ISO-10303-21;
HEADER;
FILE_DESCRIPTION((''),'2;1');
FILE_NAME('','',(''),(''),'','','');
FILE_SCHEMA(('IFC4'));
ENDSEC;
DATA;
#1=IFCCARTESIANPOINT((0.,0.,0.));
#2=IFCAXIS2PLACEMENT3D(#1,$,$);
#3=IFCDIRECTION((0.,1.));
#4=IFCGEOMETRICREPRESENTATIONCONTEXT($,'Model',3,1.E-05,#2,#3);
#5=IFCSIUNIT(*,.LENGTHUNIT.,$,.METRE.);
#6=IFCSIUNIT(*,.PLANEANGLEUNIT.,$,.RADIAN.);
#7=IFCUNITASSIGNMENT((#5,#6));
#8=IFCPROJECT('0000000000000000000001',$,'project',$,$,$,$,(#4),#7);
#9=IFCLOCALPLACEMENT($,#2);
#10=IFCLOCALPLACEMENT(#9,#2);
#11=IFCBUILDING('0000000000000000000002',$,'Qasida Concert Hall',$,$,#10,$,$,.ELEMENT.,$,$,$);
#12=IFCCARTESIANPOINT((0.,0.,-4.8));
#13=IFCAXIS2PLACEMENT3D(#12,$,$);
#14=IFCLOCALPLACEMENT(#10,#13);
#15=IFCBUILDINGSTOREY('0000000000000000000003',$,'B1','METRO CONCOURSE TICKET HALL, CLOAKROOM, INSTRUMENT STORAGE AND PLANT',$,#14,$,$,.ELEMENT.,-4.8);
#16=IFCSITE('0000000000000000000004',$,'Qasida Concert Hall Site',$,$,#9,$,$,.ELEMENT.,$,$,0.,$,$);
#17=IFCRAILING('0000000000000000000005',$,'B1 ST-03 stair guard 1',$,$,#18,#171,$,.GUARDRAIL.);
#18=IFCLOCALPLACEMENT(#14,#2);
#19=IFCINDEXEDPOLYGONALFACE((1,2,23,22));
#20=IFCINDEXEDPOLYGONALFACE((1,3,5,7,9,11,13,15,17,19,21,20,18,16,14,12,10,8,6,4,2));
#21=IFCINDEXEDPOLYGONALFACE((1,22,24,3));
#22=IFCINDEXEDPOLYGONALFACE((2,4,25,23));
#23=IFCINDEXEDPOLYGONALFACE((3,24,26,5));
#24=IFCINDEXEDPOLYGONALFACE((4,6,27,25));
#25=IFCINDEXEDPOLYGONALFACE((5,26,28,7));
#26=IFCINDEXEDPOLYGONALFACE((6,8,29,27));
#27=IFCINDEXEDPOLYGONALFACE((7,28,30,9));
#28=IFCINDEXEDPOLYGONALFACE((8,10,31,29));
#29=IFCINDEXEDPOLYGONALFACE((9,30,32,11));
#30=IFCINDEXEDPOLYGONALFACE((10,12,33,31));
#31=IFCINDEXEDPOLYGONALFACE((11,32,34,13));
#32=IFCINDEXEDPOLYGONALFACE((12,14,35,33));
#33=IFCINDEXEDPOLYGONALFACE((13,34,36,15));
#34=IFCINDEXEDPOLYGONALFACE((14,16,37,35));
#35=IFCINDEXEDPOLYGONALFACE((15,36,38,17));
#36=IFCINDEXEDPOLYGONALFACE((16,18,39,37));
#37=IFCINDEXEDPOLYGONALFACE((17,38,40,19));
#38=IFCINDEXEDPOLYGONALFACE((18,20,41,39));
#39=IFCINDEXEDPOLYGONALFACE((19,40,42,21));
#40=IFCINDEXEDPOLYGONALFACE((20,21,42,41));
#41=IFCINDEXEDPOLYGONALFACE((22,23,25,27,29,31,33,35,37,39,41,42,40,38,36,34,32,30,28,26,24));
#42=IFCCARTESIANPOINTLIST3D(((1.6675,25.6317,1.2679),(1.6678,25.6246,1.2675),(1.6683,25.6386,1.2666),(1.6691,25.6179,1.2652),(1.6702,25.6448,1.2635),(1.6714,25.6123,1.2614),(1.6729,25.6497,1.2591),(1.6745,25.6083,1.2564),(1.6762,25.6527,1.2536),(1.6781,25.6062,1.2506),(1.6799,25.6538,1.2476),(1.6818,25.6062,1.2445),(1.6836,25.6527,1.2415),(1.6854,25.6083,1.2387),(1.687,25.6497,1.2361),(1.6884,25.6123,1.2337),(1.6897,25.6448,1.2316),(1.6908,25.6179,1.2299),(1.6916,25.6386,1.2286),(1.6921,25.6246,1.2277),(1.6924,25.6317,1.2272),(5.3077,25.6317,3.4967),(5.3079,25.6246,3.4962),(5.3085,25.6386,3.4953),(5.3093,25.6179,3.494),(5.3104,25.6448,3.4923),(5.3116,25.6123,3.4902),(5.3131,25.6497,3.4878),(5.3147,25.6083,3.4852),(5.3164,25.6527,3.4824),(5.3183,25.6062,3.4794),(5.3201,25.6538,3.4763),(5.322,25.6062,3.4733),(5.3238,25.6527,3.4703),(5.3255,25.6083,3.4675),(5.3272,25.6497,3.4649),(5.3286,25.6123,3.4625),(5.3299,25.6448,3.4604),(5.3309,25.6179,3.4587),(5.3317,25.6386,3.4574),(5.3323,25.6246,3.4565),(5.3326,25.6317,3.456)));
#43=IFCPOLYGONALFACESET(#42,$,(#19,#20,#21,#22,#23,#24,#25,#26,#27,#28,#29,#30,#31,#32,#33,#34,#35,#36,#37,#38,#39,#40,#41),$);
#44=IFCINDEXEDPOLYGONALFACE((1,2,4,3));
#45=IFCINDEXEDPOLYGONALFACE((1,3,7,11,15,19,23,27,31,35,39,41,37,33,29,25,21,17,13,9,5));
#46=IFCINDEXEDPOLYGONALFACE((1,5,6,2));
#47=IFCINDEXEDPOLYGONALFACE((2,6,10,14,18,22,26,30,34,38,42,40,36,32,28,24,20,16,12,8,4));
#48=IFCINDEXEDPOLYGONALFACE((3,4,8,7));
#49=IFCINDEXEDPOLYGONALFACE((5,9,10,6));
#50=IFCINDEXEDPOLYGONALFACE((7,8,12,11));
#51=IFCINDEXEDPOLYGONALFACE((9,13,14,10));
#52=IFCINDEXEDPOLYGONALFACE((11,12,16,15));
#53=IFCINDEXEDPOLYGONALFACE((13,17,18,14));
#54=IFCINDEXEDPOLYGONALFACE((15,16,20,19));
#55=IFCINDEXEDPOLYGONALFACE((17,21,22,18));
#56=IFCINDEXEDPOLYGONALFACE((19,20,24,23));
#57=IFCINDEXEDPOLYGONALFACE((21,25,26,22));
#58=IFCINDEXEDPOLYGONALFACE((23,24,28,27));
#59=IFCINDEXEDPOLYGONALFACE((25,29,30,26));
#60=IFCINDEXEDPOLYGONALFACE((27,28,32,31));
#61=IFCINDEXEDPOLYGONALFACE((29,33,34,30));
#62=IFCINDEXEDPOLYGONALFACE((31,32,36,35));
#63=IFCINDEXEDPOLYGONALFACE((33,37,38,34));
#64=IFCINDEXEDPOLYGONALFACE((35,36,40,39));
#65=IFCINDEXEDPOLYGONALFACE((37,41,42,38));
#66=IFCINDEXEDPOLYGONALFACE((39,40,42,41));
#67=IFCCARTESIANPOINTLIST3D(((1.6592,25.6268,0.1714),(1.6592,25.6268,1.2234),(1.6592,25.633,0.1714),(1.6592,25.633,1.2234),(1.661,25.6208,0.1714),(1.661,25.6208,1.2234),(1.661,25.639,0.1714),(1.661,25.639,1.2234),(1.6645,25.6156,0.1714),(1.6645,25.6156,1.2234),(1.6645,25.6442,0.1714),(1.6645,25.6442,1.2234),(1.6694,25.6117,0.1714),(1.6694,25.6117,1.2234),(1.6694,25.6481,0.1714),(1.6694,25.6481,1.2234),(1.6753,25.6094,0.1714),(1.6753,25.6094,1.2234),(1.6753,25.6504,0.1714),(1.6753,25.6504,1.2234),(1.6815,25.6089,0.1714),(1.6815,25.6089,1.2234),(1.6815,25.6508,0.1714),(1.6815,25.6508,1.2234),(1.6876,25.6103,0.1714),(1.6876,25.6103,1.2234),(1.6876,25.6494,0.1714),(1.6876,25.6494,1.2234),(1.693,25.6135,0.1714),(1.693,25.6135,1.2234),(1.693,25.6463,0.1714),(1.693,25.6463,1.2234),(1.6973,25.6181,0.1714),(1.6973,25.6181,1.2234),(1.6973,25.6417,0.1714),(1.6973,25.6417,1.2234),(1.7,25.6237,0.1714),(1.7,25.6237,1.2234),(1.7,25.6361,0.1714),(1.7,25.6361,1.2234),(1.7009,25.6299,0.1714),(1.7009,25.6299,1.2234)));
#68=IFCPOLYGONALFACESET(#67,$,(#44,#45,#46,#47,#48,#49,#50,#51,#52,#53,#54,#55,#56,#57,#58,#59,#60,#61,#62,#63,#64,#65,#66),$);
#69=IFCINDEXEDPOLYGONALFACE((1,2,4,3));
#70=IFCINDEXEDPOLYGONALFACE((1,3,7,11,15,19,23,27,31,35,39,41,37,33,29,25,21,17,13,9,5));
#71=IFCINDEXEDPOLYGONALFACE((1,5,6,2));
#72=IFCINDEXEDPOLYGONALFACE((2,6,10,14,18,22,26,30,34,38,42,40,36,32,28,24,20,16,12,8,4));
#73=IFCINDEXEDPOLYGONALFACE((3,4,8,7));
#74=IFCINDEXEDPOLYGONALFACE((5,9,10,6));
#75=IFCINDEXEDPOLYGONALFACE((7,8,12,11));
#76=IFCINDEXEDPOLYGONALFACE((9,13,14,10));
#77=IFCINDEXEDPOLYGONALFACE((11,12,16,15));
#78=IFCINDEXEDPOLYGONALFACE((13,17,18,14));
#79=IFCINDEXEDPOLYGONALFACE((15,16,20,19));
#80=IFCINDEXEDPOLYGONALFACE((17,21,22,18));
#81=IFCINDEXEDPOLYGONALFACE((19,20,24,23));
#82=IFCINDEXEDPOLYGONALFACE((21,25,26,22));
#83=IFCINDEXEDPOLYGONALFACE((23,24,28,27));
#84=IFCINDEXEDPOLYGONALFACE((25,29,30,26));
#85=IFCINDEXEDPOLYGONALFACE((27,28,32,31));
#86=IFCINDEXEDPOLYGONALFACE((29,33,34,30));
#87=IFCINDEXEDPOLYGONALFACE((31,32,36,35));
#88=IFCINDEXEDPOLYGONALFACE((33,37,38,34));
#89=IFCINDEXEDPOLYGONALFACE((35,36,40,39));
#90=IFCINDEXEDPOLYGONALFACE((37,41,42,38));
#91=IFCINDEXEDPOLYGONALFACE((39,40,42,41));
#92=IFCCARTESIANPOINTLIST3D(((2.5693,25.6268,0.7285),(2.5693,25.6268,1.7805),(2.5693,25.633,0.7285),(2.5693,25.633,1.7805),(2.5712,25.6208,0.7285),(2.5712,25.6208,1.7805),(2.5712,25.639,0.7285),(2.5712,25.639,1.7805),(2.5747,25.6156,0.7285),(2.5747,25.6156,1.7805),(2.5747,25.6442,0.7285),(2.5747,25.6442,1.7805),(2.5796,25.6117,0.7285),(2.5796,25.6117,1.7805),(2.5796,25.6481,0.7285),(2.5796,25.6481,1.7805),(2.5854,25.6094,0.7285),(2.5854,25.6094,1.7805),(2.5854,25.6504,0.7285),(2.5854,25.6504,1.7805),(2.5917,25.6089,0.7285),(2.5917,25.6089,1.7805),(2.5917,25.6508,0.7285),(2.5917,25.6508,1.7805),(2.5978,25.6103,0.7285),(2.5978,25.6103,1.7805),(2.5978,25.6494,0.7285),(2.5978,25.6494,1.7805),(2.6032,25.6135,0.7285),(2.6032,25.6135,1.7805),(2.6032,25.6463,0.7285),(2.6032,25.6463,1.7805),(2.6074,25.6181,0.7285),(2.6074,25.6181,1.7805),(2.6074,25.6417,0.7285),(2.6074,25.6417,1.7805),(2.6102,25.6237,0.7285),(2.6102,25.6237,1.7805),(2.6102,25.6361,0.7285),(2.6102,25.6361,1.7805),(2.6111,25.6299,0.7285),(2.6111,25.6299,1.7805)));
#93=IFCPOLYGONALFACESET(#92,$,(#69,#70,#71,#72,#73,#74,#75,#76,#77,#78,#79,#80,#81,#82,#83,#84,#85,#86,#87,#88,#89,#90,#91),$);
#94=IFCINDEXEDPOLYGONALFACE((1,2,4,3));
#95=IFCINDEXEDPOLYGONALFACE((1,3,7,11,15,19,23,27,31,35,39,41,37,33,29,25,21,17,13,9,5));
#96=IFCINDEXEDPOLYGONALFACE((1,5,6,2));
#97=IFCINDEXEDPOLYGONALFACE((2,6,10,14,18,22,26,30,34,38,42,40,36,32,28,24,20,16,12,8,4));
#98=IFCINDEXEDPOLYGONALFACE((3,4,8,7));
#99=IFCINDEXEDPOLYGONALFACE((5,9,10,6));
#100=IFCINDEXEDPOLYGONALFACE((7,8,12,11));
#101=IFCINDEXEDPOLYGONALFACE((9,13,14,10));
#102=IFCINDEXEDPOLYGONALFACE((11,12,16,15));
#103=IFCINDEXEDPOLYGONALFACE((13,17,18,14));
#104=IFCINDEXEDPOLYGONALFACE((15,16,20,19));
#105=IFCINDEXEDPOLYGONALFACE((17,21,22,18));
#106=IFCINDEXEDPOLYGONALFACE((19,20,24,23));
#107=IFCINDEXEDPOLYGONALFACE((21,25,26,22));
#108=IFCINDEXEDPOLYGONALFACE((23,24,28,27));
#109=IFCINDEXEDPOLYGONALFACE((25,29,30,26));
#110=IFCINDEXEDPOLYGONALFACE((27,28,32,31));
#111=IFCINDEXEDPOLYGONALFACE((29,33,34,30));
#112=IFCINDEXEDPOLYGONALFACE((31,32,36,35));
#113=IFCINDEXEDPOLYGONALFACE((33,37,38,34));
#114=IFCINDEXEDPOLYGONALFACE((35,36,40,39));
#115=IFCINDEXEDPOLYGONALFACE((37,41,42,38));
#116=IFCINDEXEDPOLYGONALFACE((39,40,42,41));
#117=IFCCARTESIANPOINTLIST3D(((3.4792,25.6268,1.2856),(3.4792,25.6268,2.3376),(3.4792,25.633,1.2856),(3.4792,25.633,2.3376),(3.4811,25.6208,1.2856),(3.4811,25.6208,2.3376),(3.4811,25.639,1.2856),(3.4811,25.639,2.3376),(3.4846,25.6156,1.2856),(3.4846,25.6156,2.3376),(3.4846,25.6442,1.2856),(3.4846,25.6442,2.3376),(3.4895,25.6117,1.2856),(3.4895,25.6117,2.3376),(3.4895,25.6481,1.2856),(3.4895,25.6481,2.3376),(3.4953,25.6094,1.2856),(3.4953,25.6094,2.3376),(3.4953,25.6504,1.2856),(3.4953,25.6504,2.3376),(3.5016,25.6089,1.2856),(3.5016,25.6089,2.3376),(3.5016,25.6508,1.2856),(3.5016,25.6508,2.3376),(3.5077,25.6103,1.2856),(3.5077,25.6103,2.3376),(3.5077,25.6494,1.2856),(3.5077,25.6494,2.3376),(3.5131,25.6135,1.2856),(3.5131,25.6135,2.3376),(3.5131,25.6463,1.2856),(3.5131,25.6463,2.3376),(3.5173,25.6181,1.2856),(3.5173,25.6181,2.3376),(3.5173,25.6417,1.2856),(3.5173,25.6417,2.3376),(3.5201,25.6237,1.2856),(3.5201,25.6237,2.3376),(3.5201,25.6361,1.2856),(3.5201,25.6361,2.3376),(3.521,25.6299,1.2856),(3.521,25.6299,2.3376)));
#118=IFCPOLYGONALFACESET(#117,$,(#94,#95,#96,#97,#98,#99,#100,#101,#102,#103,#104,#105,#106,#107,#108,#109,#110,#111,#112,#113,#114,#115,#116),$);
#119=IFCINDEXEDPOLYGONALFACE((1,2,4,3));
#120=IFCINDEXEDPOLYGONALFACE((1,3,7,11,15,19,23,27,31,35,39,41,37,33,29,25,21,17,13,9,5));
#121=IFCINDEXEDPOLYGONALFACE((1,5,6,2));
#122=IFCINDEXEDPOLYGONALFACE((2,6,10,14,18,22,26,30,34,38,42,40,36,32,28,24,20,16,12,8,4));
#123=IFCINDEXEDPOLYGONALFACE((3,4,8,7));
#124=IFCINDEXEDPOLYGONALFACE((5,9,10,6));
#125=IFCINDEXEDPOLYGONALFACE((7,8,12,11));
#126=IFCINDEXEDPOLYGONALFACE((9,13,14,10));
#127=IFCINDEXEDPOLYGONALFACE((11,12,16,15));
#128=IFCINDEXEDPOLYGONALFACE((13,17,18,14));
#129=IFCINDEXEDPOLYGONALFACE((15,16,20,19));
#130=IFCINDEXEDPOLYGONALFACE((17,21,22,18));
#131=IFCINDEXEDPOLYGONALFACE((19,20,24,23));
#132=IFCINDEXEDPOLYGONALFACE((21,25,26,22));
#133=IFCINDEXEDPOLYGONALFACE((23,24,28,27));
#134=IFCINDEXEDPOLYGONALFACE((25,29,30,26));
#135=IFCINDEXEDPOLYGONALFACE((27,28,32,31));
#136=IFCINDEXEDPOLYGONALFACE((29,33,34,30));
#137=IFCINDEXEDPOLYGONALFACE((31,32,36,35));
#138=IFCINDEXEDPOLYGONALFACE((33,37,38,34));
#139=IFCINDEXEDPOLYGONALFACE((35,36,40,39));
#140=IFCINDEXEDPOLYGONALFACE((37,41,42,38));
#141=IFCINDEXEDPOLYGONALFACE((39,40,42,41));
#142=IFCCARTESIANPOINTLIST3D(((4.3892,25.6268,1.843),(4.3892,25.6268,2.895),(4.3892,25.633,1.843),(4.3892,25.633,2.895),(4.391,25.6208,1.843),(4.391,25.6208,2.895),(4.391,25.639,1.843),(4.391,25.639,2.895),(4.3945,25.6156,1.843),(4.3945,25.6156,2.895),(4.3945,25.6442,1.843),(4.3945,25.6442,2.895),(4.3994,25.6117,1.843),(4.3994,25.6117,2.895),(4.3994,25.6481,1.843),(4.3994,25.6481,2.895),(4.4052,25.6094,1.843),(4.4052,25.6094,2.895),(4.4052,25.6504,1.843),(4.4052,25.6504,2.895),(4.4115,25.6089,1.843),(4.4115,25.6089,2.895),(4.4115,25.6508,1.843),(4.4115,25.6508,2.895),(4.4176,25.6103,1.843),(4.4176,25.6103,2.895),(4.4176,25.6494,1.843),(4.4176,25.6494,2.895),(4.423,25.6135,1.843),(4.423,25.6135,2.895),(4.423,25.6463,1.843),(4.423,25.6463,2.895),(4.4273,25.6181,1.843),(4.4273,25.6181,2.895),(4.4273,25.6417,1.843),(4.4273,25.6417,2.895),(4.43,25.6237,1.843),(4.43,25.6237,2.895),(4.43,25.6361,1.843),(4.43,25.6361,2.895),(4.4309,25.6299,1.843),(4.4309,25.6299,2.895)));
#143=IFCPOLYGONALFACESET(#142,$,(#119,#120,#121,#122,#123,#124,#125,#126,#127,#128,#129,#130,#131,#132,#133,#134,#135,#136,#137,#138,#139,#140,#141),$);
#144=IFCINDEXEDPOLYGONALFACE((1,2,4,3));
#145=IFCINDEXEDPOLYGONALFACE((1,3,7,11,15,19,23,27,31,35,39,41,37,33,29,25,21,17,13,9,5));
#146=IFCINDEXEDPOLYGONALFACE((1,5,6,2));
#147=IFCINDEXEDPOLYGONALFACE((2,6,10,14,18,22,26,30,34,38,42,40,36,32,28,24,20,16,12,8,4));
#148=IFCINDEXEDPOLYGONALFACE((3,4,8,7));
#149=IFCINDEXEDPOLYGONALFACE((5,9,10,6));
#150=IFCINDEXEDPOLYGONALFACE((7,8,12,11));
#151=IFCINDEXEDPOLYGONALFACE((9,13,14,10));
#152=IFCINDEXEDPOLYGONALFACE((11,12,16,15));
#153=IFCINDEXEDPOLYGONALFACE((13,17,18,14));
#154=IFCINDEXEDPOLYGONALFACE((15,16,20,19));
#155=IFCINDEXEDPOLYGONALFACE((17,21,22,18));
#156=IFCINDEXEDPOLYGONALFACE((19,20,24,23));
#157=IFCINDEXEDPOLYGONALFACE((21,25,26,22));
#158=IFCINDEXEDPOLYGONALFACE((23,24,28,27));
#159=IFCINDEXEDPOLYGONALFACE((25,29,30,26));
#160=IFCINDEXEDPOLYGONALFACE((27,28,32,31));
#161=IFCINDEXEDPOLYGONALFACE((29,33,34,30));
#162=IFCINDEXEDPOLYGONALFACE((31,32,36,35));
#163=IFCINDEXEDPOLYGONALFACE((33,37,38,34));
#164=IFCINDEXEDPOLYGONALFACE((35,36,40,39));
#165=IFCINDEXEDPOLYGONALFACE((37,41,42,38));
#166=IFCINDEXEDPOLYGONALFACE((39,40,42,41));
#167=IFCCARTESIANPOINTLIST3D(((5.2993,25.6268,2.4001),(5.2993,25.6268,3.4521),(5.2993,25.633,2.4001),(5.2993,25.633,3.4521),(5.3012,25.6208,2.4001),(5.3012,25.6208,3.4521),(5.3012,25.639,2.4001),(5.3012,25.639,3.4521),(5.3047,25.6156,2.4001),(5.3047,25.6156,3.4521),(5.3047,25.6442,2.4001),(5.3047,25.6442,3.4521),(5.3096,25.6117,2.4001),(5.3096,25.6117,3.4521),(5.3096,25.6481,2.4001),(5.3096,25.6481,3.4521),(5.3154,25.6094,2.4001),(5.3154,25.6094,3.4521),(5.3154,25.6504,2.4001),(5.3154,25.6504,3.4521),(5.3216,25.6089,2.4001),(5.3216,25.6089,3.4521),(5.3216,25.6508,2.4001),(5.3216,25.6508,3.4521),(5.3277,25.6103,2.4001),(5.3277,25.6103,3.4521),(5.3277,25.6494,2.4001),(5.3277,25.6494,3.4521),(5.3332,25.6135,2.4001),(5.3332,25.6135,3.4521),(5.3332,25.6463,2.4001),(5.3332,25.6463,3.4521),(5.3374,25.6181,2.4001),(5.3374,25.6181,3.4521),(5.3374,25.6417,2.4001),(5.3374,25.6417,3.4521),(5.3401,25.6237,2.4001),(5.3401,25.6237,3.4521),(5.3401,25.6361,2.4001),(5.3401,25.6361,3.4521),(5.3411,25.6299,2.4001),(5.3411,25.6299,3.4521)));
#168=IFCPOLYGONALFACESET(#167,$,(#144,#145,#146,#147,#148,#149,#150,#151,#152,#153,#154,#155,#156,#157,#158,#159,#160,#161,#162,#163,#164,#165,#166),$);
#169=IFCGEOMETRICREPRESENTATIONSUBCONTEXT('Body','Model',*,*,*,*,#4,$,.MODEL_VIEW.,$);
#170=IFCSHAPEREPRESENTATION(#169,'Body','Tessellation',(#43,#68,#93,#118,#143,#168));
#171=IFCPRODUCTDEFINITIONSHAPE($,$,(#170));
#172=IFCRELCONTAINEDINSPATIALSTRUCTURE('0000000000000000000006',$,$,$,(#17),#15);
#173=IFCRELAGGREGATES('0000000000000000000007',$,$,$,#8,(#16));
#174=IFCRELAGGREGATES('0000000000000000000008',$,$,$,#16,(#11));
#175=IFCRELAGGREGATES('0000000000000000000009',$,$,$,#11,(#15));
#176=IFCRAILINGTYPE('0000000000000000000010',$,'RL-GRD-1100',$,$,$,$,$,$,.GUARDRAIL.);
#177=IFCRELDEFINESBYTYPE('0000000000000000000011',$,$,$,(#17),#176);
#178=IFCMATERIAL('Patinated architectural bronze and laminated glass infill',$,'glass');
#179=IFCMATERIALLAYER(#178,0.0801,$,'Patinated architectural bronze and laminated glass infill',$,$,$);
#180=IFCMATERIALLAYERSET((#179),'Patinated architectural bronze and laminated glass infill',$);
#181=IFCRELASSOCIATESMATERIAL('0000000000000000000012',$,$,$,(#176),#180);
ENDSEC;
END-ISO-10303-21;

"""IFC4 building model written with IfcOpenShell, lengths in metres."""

from ifc_helpers import new_model, si_unit, direction, frame, origin, origin_2d, place, context, subcontext, project, spatial, circle, extrude, material, layer, layer_set, type_object, element, save


model = new_model("IFC4")

# Units and contexts
model_context = context("Model", 3, precision=1e-05, world=origin(), true_north=direction((0.0, 1.0)))
body_context = subcontext(model_context, "Body", "Model", "MODEL_VIEW")
ifc_project = project(units=[si_unit("LENGTHUNIT", "METRE"), si_unit("PLANEANGLEUNIT", "RADIAN")], contexts=[model_context])

# Site, building, storey
site_placement = place(None, origin())
site = spatial("IfcSite", under=ifc_project, at=site_placement, Name="Qasida Concert Hall Site", CompositionType="ELEMENT", RefElevation=0.0)
building_placement = place(site_placement, origin())
building = spatial("IfcBuilding", under=site, at=building_placement, Name="Qasida Concert Hall", CompositionType="ELEMENT")
storey_placement = place(building_placement, frame((0.0, 0.0, -4.8)))
storey = spatial("IfcBuildingStorey", under=building, at=storey_placement, Name="B1", Description="METRO CONCOURSE TICKET HALL, CLOAKROOM, INSTRUMENT STORAGE AND PLANT", CompositionType="ELEMENT", Elevation=-4.8)

# Railing
ifc_material_1 = material(Name="Patinated architectural bronze and laminated glass infill", Category="glass")
ifc_layer_1 = layer(ifc_material_1, 0.0801, Name="Patinated architectural bronze and laminated glass infill")
ifc_layer_set_1 = layer_set([ifc_layer_1], Name="Patinated architectural bronze and laminated glass infill")
railing_type_1 = type_object("IfcRailingType", Name="RL-GRD-1100", PredefinedType="GUARDRAIL", material=ifc_layer_set_1)
railing_1_placement = place(storey_placement, frame((1.6799, 25.6299, 0.1714)))
element("IfcRailing", 1, at=railing_1_placement, inside=storey, type_object=railing_type_1, Name="B1 ST-03 stair guard 1", PredefinedType="GUARDRAIL", context=body_context, shape_type="SweptSolid", body=[
    extrude(circle(Radius=0.0239, at=origin_2d()), frame((0.0, 0.0, 1.0762), z_axis=(0.85284, 0.0, 0.522172), x_axis=(0.0, 1.0, 0.0)), (0.0, 0.0, 1.0), 4.2683),
    extrude(circle(Radius=0.021, at=origin_2d()), origin(), (0.0, 0.0, 1.0), 1.052),
    extrude(circle(Radius=0.021, at=origin_2d()), frame((0.9102, 0.0, 0.5571)), (0.0, 0.0, 1.0), 1.052),
    extrude(circle(Radius=0.021, at=origin_2d()), frame((1.8201, 0.0, 1.1143)), (0.0, 0.0, 1.0), 1.052),
    extrude(circle(Radius=0.021, at=origin_2d()), frame((2.73, 0.0, 1.6716)), (0.0, 0.0, 1.0), 1.052),
    extrude(circle(Radius=0.021, at=origin_2d()), frame((3.6401, 0.0, 2.2288)), (0.0, 0.0, 1.0), 1.052),
])

save(model, "model.ifc")
